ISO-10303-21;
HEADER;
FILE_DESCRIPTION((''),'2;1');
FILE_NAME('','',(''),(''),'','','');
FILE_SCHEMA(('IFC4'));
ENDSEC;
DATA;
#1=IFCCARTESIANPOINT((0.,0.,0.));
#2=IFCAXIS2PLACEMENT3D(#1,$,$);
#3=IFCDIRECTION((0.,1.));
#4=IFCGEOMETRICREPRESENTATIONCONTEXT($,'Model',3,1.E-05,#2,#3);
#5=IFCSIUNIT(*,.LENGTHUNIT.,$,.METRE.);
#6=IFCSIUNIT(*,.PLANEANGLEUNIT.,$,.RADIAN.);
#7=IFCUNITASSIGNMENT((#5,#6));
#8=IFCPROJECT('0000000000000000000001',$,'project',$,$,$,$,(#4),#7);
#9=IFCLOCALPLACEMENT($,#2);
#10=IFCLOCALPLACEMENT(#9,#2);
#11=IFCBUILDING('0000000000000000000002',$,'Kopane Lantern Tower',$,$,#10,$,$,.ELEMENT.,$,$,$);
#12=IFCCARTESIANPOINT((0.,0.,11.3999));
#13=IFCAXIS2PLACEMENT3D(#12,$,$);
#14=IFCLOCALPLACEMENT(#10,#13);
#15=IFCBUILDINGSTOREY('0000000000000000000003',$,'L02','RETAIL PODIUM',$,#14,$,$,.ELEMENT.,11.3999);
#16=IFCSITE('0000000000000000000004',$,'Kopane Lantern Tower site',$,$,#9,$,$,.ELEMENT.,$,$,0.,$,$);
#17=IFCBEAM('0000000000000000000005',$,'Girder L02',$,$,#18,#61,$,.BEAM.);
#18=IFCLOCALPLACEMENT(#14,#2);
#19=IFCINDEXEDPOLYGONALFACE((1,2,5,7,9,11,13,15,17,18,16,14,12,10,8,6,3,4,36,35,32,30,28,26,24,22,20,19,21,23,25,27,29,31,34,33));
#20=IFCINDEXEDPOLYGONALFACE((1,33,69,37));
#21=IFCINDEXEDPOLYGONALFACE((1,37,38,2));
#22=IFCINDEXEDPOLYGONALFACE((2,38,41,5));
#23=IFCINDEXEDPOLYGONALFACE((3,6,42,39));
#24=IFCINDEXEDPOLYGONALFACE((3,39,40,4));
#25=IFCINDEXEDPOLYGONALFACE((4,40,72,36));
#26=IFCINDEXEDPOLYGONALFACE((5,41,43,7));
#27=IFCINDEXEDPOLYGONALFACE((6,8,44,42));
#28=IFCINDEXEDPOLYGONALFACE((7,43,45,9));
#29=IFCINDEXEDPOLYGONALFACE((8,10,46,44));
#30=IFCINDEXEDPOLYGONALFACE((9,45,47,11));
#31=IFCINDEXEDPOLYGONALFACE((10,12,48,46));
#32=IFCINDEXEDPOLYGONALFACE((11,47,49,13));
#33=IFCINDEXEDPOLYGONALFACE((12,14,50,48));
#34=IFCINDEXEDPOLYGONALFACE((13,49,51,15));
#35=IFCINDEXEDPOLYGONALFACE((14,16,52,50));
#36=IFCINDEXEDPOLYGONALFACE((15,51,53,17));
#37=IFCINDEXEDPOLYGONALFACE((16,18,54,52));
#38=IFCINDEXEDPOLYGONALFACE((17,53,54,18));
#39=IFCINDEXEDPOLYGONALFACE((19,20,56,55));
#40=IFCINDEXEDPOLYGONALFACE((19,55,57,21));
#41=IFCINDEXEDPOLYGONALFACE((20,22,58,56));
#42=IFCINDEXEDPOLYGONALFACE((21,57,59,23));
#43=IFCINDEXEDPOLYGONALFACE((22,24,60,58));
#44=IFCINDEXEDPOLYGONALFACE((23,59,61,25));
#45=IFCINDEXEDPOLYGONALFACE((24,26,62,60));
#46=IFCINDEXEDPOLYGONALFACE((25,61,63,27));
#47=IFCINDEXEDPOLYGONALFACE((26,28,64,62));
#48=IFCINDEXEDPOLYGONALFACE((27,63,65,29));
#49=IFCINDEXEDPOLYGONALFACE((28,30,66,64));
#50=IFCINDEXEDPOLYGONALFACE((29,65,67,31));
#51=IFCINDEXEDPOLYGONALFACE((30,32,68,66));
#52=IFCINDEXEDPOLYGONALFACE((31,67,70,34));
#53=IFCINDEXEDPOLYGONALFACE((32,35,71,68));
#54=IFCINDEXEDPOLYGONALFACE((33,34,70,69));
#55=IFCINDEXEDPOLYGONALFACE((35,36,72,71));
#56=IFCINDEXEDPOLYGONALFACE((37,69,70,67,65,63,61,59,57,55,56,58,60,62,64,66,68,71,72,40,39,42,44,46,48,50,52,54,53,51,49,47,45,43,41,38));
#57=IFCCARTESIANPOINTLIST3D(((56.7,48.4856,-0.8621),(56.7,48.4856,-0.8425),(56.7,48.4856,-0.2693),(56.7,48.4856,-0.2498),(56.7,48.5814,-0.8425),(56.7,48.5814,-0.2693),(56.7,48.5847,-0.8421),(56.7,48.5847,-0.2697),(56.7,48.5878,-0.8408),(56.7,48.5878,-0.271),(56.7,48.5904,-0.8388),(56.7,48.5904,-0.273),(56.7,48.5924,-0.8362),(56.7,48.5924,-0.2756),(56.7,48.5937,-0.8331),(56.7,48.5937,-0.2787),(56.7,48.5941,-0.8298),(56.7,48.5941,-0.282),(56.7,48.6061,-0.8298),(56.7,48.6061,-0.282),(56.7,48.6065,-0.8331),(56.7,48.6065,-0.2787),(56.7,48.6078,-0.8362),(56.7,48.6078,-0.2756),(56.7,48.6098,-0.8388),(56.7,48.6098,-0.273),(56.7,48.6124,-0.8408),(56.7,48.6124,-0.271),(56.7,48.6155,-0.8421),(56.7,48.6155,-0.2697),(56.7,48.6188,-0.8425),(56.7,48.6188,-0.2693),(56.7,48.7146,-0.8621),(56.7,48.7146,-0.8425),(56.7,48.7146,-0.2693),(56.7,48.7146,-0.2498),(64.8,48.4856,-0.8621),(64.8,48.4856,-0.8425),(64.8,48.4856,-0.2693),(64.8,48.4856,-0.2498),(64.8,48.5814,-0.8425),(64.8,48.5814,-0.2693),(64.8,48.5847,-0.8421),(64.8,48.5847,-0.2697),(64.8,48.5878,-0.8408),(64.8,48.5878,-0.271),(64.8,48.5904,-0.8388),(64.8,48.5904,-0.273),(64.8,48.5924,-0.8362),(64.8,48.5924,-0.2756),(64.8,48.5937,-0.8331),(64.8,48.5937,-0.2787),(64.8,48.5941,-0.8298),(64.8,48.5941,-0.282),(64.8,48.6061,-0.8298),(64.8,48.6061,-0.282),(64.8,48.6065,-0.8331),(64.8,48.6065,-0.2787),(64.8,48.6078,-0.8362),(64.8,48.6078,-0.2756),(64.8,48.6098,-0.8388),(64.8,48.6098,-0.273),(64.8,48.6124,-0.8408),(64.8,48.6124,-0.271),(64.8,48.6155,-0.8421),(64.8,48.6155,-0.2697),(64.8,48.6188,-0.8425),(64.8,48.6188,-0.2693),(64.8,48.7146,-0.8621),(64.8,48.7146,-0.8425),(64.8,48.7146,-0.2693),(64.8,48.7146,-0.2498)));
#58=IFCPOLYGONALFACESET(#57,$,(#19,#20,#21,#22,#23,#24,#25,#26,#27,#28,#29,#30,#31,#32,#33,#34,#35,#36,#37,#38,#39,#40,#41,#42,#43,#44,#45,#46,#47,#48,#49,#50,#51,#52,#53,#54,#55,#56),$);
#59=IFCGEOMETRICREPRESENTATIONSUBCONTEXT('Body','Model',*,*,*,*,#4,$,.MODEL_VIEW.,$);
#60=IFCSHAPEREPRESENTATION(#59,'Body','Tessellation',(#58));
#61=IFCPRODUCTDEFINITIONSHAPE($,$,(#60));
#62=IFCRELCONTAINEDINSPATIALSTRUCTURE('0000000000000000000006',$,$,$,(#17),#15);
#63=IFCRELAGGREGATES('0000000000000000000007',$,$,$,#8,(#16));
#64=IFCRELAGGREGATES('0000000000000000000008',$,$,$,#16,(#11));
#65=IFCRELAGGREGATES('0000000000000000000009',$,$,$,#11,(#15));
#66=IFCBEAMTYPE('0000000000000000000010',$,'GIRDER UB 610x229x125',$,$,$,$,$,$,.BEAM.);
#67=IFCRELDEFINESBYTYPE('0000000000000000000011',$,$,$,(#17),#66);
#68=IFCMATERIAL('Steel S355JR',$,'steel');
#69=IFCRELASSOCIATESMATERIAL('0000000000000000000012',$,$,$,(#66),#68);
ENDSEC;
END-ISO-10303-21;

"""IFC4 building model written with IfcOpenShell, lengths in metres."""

from ifc_helpers import new_model, si_unit, direction, frame, origin, origin_2d, place, context, subcontext, project, spatial, i_section, extrude, material, material_profile, profile_set, type_object, element, save


model = new_model("IFC4")

# Units and contexts
model_context = context("Model", 3, precision=1e-05, world=origin(), true_north=direction((0.0, 1.0)))
body_context = subcontext(model_context, "Body", "Model", "MODEL_VIEW")
ifc_project = project(units=[si_unit("LENGTHUNIT", "METRE"), si_unit("PLANEANGLEUNIT", "RADIAN")], contexts=[model_context])

# Site, building, storey
site_placement = place(None, origin())
site = spatial("IfcSite", under=ifc_project, at=site_placement, Name="Kopane Lantern Tower site", CompositionType="ELEMENT", RefElevation=0.0)
building_placement = place(site_placement, origin())
building = spatial("IfcBuilding", under=site, at=building_placement, Name="Kopane Lantern Tower", CompositionType="ELEMENT")
storey_placement = place(building_placement, frame((0.0, 0.0, 11.3999)))
storey = spatial("IfcBuildingStorey", under=building, at=storey_placement, Name="L02", Description="RETAIL PODIUM", CompositionType="ELEMENT", Elevation=11.3999)

# Beam
ifc_material_1 = material(Name="Steel S355JR", Category="steel")
ifc_material_profile = material_profile(ifc_material_1, i_section(OverallWidth=0.229, OverallDepth=0.6123, WebThickness=0.012, FlangeThickness=0.0195, FilletRadius=0.0127, at=origin_2d()), Name="UB 610x229x125")
ifc_profile_set = profile_set([ifc_material_profile], Name="Steel S355JR")
beam_type = type_object("IfcBeamType", Name="GIRDER UB 610x229x125", PredefinedType="BEAM", material=ifc_profile_set)
beam_placement = place(storey_placement, frame((56.7, 48.6001, -0.5559), z_axis=(1.0, 0.0, 0.0), x_axis=(0.0, 1.0, 0.0)))
element("IfcBeam", 1, at=beam_placement, inside=storey, type_object=beam_type, Name="Girder L02", PredefinedType="BEAM", context=body_context, shape_type="SweptSolid", body=[
    extrude(i_section(OverallWidth=0.229, OverallDepth=0.6123, WebThickness=0.012, FlangeThickness=0.0195, FilletRadius=0.0127, at=origin_2d()), origin(), (0.0, 0.0, 1.0), 8.1001),
])

save(model, "model.ifc")
